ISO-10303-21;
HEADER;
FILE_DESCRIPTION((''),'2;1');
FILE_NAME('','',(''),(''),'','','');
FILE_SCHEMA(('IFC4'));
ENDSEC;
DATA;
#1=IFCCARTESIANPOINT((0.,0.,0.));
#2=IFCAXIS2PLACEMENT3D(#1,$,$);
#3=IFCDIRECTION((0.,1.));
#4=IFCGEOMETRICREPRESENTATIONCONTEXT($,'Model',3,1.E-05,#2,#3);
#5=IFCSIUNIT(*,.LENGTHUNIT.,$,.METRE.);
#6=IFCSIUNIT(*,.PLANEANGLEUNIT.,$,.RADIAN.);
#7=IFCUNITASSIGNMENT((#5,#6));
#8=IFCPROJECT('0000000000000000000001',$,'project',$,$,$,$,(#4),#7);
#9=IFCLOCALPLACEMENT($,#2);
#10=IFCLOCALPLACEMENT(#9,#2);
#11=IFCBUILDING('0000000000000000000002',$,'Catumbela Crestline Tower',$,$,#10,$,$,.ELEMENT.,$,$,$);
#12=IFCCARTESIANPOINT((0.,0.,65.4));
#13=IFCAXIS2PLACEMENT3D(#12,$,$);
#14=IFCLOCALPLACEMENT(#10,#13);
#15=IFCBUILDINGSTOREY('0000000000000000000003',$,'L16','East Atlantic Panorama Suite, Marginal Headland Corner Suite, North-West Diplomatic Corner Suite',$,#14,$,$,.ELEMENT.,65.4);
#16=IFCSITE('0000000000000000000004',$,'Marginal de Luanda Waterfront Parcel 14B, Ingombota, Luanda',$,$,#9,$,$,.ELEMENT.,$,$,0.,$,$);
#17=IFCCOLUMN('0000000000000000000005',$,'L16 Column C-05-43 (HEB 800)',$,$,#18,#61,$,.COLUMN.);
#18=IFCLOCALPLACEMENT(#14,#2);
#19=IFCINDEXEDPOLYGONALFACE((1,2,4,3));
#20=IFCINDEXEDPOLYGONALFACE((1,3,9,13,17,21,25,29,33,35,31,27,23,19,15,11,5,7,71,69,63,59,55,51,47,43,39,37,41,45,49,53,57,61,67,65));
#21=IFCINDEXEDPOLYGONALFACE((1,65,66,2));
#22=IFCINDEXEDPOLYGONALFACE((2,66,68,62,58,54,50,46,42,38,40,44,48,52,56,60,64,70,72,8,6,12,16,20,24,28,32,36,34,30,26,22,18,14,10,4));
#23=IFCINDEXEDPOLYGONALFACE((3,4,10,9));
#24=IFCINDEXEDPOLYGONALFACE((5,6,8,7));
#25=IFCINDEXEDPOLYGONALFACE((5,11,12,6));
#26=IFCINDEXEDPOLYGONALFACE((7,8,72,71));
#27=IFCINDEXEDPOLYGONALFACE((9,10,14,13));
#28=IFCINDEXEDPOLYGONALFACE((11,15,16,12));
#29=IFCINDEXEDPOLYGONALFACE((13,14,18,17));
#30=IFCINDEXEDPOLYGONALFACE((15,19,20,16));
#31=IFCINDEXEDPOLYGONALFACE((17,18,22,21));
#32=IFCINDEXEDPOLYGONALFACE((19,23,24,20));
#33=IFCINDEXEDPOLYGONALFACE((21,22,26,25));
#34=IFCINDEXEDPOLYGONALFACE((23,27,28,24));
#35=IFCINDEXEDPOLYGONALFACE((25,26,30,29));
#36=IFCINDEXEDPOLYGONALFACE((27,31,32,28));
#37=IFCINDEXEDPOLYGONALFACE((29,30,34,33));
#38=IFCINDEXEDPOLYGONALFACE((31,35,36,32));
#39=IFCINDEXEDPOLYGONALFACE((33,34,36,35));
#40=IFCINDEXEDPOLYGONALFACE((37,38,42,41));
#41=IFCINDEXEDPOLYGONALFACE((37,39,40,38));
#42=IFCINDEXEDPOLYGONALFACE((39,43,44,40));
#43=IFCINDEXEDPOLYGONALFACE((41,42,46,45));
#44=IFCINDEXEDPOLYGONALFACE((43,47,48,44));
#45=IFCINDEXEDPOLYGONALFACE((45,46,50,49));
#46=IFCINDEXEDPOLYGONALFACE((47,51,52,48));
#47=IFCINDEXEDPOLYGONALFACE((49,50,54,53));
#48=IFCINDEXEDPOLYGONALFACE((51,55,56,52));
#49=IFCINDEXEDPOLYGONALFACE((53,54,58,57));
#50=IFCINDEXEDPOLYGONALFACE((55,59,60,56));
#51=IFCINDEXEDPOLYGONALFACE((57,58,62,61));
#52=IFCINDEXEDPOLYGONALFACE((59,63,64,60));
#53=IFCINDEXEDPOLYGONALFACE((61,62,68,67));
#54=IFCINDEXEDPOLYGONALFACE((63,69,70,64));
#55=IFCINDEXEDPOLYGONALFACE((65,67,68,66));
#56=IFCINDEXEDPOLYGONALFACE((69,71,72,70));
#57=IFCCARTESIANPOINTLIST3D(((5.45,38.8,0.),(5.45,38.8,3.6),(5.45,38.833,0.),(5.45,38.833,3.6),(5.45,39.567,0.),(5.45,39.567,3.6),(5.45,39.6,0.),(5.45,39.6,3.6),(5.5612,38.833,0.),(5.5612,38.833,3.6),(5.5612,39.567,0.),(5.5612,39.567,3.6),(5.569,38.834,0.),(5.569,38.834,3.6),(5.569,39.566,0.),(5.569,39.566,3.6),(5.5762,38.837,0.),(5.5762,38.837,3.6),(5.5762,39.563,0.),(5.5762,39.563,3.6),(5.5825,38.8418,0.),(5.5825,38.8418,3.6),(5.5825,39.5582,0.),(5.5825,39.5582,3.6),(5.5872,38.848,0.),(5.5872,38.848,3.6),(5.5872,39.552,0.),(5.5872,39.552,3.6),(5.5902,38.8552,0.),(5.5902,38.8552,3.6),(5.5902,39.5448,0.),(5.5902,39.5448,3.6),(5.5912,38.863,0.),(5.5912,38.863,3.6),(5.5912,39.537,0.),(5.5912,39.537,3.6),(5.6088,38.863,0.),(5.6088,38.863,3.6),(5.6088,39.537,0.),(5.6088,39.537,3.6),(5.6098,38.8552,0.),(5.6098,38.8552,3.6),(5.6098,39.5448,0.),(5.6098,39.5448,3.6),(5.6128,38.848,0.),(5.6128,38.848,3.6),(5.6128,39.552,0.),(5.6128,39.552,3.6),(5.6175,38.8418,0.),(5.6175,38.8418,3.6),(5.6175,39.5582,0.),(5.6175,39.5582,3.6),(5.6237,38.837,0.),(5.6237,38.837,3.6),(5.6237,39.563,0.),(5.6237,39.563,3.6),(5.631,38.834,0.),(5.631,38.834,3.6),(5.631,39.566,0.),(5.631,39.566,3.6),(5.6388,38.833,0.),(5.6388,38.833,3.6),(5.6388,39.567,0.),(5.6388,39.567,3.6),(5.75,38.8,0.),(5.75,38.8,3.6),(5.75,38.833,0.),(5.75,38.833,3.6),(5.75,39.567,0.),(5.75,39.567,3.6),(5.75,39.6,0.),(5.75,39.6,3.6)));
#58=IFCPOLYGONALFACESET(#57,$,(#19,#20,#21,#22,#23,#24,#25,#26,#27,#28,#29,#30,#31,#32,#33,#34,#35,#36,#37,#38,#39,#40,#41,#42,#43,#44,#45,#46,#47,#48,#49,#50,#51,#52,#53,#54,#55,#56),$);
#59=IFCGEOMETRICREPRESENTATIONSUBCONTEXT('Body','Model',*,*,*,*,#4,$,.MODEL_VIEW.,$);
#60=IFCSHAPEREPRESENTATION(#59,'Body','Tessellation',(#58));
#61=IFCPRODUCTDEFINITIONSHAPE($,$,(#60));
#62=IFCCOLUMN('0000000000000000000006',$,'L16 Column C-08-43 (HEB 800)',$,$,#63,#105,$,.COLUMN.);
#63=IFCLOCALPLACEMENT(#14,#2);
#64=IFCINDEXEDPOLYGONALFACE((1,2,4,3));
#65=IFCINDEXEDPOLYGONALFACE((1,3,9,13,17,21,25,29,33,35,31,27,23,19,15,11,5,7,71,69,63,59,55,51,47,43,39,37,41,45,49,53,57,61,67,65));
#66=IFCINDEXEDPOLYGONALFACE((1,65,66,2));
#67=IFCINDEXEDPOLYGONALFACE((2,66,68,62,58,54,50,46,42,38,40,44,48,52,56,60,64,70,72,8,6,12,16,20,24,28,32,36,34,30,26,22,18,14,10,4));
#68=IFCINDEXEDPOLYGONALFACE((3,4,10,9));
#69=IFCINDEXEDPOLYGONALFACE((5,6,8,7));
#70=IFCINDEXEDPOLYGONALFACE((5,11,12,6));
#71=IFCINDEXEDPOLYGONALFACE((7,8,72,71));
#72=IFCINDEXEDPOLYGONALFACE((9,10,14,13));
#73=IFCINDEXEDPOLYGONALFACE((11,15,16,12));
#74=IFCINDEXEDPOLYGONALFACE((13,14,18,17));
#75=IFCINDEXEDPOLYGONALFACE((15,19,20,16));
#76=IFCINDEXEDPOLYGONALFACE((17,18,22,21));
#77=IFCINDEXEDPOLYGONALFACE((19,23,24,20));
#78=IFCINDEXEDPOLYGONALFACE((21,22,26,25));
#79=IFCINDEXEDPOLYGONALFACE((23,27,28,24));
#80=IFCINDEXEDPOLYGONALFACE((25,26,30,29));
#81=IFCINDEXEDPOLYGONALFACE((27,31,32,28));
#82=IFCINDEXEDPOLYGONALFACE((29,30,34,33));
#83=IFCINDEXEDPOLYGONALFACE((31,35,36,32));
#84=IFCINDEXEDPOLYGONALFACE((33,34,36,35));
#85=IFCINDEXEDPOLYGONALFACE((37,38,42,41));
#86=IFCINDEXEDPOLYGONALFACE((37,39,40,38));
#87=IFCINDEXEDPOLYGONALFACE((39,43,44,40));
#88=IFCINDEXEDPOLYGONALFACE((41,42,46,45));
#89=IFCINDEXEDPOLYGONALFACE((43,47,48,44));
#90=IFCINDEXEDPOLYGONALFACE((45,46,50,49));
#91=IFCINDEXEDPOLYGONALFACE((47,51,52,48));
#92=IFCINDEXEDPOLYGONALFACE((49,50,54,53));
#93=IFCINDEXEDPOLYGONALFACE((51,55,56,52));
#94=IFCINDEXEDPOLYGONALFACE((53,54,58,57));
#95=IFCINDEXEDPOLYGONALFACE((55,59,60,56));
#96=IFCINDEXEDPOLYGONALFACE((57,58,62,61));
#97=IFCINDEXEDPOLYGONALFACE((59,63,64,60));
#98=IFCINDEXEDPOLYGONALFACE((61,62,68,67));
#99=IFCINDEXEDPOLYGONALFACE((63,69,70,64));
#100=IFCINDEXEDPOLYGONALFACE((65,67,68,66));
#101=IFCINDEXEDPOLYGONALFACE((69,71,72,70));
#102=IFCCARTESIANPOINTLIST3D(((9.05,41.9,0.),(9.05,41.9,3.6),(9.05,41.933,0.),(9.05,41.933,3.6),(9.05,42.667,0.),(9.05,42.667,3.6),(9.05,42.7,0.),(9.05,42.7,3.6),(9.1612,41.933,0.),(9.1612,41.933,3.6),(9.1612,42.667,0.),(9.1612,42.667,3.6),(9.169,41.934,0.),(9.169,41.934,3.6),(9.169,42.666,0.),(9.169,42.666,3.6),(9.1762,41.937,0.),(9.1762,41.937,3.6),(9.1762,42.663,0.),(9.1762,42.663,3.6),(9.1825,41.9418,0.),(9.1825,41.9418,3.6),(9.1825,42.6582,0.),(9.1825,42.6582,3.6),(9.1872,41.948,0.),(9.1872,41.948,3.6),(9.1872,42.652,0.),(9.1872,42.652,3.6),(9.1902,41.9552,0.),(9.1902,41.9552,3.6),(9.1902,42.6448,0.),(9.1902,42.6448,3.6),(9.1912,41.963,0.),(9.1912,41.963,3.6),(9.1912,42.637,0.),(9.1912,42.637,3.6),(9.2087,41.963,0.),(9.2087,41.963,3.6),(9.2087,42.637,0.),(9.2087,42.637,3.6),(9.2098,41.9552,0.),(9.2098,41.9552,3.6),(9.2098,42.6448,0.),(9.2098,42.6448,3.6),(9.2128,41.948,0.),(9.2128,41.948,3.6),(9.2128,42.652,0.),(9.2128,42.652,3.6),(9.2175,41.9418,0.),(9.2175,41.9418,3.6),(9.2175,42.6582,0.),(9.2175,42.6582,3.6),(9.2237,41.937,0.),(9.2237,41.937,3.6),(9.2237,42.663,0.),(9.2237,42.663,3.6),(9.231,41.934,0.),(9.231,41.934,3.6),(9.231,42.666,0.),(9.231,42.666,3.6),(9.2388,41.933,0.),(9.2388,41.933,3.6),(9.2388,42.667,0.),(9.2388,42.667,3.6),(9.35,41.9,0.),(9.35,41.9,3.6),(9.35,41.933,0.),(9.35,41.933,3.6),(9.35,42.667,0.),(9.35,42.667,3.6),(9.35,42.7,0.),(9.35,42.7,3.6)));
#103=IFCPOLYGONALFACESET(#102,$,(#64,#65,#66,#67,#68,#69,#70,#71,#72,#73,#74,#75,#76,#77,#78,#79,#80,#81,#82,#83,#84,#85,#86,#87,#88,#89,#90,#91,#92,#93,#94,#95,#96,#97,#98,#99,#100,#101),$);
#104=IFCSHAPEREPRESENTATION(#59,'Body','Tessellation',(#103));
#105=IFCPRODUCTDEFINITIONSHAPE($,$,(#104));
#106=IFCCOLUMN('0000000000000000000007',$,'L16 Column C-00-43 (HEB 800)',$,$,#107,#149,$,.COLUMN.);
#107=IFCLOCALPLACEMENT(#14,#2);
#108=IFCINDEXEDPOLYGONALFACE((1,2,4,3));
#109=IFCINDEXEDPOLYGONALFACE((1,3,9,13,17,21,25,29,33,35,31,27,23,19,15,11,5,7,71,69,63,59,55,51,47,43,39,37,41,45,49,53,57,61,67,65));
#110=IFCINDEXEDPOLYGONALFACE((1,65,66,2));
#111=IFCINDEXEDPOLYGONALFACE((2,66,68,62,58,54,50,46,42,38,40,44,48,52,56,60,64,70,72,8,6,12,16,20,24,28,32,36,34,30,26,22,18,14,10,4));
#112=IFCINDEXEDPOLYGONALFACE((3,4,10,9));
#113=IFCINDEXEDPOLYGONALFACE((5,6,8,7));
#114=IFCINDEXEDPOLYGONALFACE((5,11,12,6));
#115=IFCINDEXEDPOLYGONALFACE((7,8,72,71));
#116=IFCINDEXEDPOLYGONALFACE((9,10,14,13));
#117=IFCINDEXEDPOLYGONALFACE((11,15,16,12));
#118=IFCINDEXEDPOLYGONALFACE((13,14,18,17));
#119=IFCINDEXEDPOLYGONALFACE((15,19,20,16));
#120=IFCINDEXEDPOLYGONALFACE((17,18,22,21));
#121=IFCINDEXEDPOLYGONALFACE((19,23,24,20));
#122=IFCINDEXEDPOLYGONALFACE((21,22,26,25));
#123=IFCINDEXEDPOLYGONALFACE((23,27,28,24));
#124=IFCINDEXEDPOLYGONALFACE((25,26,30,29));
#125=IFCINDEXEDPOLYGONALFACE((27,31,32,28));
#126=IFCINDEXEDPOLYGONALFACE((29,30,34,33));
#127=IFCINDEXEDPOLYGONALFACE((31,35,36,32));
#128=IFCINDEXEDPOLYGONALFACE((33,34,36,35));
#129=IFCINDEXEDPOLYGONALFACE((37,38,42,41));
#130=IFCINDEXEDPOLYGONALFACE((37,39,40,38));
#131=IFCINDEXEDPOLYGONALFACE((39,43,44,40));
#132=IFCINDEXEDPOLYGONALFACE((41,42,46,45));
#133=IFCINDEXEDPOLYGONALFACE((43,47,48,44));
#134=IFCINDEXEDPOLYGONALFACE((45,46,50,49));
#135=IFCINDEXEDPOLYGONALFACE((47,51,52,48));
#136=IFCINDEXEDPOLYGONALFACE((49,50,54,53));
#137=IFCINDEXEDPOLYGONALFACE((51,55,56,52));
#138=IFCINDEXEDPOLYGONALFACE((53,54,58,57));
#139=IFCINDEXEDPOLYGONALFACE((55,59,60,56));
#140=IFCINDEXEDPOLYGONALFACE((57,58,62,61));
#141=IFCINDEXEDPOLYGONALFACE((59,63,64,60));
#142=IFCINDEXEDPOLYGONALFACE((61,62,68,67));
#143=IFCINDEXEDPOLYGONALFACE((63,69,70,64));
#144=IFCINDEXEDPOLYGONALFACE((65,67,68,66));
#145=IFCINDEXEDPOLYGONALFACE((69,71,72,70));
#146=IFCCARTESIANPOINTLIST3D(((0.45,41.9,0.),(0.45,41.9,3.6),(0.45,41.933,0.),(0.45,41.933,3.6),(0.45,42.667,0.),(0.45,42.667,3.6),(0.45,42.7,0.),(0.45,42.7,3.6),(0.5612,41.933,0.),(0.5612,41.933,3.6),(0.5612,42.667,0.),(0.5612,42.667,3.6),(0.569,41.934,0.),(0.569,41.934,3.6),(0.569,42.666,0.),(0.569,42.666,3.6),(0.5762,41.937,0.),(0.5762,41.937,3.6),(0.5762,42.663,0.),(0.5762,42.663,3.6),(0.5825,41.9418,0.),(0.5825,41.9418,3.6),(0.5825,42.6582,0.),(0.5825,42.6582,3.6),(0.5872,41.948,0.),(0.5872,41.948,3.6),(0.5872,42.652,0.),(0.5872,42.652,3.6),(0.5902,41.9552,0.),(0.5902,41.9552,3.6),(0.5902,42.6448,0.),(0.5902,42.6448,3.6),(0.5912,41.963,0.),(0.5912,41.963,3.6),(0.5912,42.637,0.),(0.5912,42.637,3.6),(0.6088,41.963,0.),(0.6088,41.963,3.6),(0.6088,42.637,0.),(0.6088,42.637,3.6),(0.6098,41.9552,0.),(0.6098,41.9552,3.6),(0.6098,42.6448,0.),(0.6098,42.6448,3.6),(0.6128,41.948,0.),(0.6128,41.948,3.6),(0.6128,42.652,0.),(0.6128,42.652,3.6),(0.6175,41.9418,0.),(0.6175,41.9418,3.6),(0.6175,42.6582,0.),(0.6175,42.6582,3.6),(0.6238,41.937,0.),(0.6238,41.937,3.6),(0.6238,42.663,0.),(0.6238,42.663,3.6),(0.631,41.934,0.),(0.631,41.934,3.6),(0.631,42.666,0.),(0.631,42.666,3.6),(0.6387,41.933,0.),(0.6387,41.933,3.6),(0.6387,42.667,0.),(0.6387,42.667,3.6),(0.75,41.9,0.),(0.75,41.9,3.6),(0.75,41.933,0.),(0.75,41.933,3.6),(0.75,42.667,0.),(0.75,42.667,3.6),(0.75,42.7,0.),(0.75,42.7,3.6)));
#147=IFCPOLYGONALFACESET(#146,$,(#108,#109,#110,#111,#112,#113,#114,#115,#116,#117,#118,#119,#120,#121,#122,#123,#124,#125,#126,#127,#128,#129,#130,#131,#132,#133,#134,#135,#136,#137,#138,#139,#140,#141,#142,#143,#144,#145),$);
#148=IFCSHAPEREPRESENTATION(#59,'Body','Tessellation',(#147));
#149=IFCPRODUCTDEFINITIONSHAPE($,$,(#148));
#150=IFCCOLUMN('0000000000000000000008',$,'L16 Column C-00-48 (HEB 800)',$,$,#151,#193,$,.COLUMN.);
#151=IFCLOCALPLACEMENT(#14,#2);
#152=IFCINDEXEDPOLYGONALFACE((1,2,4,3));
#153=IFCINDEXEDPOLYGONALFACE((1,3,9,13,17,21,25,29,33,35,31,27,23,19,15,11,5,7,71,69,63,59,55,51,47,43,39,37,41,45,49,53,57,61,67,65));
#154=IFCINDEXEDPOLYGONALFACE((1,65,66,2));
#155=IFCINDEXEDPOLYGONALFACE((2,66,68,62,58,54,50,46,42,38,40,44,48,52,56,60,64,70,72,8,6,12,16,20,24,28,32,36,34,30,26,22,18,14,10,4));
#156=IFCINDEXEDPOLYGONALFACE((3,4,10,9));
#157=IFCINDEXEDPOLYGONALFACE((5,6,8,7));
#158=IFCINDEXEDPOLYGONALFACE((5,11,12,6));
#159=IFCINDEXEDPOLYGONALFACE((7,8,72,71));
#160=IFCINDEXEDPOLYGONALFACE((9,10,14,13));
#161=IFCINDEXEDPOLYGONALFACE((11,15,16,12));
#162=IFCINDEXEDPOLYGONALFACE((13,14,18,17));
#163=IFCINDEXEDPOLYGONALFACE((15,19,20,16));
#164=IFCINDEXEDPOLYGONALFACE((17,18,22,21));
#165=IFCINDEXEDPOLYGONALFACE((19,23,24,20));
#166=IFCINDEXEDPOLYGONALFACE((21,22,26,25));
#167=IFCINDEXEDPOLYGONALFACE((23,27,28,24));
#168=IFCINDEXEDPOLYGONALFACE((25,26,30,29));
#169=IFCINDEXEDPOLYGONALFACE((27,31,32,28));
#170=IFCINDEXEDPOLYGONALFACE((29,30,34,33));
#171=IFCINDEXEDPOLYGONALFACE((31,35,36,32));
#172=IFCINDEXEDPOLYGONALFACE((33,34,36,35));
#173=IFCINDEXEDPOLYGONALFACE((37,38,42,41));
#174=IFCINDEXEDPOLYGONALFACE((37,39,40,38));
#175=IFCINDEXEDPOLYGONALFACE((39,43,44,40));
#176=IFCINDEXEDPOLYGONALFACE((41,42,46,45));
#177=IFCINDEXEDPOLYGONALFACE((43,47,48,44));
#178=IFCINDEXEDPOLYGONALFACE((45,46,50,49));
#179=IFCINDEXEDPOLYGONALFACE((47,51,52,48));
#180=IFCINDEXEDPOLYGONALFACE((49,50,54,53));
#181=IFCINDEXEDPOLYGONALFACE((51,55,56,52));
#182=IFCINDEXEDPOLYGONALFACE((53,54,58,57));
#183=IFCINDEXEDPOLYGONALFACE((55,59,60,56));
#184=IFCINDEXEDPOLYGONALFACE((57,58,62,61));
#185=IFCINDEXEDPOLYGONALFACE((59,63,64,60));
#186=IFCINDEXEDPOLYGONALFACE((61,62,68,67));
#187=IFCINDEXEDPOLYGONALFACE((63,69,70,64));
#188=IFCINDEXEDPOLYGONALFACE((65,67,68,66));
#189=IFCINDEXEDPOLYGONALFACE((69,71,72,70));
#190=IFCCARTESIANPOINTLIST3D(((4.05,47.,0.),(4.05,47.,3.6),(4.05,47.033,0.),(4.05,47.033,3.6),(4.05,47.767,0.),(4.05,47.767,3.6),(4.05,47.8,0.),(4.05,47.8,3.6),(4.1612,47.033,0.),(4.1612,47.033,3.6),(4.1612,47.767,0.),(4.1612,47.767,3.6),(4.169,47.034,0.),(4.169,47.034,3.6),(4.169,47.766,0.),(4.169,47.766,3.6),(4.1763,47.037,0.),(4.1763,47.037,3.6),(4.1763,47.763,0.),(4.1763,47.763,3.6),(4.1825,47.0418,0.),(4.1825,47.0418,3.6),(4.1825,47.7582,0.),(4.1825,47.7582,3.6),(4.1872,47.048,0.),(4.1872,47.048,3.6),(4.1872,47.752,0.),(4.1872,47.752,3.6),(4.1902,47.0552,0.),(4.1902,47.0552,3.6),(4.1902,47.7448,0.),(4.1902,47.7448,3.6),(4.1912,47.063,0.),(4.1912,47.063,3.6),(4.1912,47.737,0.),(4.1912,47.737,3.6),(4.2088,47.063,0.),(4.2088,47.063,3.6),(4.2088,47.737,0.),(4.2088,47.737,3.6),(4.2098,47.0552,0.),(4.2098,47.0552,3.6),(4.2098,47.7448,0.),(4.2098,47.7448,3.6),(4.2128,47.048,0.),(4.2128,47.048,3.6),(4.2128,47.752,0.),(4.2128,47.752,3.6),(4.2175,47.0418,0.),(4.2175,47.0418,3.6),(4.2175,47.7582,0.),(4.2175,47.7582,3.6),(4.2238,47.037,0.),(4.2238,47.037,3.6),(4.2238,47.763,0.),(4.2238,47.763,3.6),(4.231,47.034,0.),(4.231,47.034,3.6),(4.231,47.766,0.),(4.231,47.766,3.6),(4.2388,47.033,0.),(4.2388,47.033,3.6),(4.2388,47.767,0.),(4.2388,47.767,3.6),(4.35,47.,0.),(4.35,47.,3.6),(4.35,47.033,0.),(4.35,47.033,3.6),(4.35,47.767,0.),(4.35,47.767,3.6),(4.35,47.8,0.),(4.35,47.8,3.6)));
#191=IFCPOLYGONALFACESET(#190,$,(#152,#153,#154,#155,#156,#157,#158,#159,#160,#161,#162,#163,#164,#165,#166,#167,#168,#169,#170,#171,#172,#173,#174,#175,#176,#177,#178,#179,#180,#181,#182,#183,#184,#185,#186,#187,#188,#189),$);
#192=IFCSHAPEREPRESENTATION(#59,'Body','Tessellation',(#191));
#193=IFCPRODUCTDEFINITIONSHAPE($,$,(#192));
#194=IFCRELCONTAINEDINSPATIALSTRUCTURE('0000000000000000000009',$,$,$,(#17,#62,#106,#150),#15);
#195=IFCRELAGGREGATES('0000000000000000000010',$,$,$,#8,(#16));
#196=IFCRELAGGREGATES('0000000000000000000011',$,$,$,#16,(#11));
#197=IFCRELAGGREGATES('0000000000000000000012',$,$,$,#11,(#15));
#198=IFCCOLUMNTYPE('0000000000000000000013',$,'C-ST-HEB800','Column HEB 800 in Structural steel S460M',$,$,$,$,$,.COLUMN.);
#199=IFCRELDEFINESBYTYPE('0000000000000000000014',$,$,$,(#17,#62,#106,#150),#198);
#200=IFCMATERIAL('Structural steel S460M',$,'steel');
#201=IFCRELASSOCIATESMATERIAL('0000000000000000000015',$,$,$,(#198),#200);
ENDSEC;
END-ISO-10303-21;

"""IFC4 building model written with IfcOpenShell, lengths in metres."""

from ifc_helpers import new_model, si_unit, direction, frame, origin, origin_2d, place, context, subcontext, project, spatial, i_section, extrude, material, material_profile, profile_set, type_object, element, save


model = new_model("IFC4")

# Units and contexts
model_context = context("Model", 3, precision=1e-05, world=origin(), true_north=direction((0.0, 1.0)))
body_context = subcontext(model_context, "Body", "Model", "MODEL_VIEW")
ifc_project = project(units=[si_unit("LENGTHUNIT", "METRE"), si_unit("PLANEANGLEUNIT", "RADIAN")], contexts=[model_context])

# Site, building, storey
site_placement = place(None, origin())
site = spatial("IfcSite", under=ifc_project, at=site_placement, Name="Marginal de Luanda Waterfront Parcel 14B, Ingombota, Luanda", CompositionType="ELEMENT", RefElevation=0.0)
building_placement = place(site_placement, origin())
building = spatial("IfcBuilding", under=site, at=building_placement, Name="Catumbela Crestline Tower", CompositionType="ELEMENT")
storey_placement = place(building_placement, frame((0.0, 0.0, 65.4)))
storey = spatial("IfcBuildingStorey", under=building, at=storey_placement, Name="L16", Description="East Atlantic Panorama Suite, Marginal Headland Corner Suite, North-West Diplomatic Corner Suite", CompositionType="ELEMENT", Elevation=65.4)

# Columns
ifc_material_1 = material(Name="Structural steel S460M", Category="steel")
ifc_material_profile_1 = material_profile(ifc_material_1, i_section(OverallWidth=0.3, OverallDepth=0.8, WebThickness=0.0175, FlangeThickness=0.033, FilletRadius=0.03, at=origin_2d()), Name="HEB 800")
ifc_profile_set_1 = profile_set([ifc_material_profile_1], Name="Structural steel S460M")
column_type = type_object("IfcColumnType", Name="C-ST-HEB800", Description="Column HEB 800 in Structural steel S460M", PredefinedType="COLUMN", material=ifc_profile_set_1)
for number, where, z_axis, x_axis, name in (
    (1, (5.6, 39.2, 0.0), (0.0, 0.0, 1.0), (1.0, 0.0, 0.0), "L16 Column C-05-43 (HEB 800)"),
    (2, (9.2, 42.3, 0.0), (0.0, 0.0, 1.0), (1.0, 0.0, 0.0), "L16 Column C-08-43 (HEB 800)"),
    (3, (0.6, 42.3, 0.0), (0.0, 0.0, 1.0), (1.0, 0.0, 0.0), "L16 Column C-00-43 (HEB 800)"),
    (4, (4.2, 47.4, 0.0), (0.0, 0.0, 1.0), (1.0, 0.0, 0.0), "L16 Column C-00-48 (HEB 800)"),
):
    element("IfcColumn", number, at=place(storey_placement, frame(where, z_axis=z_axis, x_axis=x_axis)), inside=storey, type_object=column_type, Name=name, PredefinedType="COLUMN", context=body_context, shape_type="SweptSolid", body=[
        extrude(i_section(OverallWidth=0.3, OverallDepth=0.8, WebThickness=0.0175, FlangeThickness=0.033, FilletRadius=0.03, at=origin_2d()), origin(), (0.0, 0.0, 1.0), 3.6),
    ])

save(model, "model.ifc")
